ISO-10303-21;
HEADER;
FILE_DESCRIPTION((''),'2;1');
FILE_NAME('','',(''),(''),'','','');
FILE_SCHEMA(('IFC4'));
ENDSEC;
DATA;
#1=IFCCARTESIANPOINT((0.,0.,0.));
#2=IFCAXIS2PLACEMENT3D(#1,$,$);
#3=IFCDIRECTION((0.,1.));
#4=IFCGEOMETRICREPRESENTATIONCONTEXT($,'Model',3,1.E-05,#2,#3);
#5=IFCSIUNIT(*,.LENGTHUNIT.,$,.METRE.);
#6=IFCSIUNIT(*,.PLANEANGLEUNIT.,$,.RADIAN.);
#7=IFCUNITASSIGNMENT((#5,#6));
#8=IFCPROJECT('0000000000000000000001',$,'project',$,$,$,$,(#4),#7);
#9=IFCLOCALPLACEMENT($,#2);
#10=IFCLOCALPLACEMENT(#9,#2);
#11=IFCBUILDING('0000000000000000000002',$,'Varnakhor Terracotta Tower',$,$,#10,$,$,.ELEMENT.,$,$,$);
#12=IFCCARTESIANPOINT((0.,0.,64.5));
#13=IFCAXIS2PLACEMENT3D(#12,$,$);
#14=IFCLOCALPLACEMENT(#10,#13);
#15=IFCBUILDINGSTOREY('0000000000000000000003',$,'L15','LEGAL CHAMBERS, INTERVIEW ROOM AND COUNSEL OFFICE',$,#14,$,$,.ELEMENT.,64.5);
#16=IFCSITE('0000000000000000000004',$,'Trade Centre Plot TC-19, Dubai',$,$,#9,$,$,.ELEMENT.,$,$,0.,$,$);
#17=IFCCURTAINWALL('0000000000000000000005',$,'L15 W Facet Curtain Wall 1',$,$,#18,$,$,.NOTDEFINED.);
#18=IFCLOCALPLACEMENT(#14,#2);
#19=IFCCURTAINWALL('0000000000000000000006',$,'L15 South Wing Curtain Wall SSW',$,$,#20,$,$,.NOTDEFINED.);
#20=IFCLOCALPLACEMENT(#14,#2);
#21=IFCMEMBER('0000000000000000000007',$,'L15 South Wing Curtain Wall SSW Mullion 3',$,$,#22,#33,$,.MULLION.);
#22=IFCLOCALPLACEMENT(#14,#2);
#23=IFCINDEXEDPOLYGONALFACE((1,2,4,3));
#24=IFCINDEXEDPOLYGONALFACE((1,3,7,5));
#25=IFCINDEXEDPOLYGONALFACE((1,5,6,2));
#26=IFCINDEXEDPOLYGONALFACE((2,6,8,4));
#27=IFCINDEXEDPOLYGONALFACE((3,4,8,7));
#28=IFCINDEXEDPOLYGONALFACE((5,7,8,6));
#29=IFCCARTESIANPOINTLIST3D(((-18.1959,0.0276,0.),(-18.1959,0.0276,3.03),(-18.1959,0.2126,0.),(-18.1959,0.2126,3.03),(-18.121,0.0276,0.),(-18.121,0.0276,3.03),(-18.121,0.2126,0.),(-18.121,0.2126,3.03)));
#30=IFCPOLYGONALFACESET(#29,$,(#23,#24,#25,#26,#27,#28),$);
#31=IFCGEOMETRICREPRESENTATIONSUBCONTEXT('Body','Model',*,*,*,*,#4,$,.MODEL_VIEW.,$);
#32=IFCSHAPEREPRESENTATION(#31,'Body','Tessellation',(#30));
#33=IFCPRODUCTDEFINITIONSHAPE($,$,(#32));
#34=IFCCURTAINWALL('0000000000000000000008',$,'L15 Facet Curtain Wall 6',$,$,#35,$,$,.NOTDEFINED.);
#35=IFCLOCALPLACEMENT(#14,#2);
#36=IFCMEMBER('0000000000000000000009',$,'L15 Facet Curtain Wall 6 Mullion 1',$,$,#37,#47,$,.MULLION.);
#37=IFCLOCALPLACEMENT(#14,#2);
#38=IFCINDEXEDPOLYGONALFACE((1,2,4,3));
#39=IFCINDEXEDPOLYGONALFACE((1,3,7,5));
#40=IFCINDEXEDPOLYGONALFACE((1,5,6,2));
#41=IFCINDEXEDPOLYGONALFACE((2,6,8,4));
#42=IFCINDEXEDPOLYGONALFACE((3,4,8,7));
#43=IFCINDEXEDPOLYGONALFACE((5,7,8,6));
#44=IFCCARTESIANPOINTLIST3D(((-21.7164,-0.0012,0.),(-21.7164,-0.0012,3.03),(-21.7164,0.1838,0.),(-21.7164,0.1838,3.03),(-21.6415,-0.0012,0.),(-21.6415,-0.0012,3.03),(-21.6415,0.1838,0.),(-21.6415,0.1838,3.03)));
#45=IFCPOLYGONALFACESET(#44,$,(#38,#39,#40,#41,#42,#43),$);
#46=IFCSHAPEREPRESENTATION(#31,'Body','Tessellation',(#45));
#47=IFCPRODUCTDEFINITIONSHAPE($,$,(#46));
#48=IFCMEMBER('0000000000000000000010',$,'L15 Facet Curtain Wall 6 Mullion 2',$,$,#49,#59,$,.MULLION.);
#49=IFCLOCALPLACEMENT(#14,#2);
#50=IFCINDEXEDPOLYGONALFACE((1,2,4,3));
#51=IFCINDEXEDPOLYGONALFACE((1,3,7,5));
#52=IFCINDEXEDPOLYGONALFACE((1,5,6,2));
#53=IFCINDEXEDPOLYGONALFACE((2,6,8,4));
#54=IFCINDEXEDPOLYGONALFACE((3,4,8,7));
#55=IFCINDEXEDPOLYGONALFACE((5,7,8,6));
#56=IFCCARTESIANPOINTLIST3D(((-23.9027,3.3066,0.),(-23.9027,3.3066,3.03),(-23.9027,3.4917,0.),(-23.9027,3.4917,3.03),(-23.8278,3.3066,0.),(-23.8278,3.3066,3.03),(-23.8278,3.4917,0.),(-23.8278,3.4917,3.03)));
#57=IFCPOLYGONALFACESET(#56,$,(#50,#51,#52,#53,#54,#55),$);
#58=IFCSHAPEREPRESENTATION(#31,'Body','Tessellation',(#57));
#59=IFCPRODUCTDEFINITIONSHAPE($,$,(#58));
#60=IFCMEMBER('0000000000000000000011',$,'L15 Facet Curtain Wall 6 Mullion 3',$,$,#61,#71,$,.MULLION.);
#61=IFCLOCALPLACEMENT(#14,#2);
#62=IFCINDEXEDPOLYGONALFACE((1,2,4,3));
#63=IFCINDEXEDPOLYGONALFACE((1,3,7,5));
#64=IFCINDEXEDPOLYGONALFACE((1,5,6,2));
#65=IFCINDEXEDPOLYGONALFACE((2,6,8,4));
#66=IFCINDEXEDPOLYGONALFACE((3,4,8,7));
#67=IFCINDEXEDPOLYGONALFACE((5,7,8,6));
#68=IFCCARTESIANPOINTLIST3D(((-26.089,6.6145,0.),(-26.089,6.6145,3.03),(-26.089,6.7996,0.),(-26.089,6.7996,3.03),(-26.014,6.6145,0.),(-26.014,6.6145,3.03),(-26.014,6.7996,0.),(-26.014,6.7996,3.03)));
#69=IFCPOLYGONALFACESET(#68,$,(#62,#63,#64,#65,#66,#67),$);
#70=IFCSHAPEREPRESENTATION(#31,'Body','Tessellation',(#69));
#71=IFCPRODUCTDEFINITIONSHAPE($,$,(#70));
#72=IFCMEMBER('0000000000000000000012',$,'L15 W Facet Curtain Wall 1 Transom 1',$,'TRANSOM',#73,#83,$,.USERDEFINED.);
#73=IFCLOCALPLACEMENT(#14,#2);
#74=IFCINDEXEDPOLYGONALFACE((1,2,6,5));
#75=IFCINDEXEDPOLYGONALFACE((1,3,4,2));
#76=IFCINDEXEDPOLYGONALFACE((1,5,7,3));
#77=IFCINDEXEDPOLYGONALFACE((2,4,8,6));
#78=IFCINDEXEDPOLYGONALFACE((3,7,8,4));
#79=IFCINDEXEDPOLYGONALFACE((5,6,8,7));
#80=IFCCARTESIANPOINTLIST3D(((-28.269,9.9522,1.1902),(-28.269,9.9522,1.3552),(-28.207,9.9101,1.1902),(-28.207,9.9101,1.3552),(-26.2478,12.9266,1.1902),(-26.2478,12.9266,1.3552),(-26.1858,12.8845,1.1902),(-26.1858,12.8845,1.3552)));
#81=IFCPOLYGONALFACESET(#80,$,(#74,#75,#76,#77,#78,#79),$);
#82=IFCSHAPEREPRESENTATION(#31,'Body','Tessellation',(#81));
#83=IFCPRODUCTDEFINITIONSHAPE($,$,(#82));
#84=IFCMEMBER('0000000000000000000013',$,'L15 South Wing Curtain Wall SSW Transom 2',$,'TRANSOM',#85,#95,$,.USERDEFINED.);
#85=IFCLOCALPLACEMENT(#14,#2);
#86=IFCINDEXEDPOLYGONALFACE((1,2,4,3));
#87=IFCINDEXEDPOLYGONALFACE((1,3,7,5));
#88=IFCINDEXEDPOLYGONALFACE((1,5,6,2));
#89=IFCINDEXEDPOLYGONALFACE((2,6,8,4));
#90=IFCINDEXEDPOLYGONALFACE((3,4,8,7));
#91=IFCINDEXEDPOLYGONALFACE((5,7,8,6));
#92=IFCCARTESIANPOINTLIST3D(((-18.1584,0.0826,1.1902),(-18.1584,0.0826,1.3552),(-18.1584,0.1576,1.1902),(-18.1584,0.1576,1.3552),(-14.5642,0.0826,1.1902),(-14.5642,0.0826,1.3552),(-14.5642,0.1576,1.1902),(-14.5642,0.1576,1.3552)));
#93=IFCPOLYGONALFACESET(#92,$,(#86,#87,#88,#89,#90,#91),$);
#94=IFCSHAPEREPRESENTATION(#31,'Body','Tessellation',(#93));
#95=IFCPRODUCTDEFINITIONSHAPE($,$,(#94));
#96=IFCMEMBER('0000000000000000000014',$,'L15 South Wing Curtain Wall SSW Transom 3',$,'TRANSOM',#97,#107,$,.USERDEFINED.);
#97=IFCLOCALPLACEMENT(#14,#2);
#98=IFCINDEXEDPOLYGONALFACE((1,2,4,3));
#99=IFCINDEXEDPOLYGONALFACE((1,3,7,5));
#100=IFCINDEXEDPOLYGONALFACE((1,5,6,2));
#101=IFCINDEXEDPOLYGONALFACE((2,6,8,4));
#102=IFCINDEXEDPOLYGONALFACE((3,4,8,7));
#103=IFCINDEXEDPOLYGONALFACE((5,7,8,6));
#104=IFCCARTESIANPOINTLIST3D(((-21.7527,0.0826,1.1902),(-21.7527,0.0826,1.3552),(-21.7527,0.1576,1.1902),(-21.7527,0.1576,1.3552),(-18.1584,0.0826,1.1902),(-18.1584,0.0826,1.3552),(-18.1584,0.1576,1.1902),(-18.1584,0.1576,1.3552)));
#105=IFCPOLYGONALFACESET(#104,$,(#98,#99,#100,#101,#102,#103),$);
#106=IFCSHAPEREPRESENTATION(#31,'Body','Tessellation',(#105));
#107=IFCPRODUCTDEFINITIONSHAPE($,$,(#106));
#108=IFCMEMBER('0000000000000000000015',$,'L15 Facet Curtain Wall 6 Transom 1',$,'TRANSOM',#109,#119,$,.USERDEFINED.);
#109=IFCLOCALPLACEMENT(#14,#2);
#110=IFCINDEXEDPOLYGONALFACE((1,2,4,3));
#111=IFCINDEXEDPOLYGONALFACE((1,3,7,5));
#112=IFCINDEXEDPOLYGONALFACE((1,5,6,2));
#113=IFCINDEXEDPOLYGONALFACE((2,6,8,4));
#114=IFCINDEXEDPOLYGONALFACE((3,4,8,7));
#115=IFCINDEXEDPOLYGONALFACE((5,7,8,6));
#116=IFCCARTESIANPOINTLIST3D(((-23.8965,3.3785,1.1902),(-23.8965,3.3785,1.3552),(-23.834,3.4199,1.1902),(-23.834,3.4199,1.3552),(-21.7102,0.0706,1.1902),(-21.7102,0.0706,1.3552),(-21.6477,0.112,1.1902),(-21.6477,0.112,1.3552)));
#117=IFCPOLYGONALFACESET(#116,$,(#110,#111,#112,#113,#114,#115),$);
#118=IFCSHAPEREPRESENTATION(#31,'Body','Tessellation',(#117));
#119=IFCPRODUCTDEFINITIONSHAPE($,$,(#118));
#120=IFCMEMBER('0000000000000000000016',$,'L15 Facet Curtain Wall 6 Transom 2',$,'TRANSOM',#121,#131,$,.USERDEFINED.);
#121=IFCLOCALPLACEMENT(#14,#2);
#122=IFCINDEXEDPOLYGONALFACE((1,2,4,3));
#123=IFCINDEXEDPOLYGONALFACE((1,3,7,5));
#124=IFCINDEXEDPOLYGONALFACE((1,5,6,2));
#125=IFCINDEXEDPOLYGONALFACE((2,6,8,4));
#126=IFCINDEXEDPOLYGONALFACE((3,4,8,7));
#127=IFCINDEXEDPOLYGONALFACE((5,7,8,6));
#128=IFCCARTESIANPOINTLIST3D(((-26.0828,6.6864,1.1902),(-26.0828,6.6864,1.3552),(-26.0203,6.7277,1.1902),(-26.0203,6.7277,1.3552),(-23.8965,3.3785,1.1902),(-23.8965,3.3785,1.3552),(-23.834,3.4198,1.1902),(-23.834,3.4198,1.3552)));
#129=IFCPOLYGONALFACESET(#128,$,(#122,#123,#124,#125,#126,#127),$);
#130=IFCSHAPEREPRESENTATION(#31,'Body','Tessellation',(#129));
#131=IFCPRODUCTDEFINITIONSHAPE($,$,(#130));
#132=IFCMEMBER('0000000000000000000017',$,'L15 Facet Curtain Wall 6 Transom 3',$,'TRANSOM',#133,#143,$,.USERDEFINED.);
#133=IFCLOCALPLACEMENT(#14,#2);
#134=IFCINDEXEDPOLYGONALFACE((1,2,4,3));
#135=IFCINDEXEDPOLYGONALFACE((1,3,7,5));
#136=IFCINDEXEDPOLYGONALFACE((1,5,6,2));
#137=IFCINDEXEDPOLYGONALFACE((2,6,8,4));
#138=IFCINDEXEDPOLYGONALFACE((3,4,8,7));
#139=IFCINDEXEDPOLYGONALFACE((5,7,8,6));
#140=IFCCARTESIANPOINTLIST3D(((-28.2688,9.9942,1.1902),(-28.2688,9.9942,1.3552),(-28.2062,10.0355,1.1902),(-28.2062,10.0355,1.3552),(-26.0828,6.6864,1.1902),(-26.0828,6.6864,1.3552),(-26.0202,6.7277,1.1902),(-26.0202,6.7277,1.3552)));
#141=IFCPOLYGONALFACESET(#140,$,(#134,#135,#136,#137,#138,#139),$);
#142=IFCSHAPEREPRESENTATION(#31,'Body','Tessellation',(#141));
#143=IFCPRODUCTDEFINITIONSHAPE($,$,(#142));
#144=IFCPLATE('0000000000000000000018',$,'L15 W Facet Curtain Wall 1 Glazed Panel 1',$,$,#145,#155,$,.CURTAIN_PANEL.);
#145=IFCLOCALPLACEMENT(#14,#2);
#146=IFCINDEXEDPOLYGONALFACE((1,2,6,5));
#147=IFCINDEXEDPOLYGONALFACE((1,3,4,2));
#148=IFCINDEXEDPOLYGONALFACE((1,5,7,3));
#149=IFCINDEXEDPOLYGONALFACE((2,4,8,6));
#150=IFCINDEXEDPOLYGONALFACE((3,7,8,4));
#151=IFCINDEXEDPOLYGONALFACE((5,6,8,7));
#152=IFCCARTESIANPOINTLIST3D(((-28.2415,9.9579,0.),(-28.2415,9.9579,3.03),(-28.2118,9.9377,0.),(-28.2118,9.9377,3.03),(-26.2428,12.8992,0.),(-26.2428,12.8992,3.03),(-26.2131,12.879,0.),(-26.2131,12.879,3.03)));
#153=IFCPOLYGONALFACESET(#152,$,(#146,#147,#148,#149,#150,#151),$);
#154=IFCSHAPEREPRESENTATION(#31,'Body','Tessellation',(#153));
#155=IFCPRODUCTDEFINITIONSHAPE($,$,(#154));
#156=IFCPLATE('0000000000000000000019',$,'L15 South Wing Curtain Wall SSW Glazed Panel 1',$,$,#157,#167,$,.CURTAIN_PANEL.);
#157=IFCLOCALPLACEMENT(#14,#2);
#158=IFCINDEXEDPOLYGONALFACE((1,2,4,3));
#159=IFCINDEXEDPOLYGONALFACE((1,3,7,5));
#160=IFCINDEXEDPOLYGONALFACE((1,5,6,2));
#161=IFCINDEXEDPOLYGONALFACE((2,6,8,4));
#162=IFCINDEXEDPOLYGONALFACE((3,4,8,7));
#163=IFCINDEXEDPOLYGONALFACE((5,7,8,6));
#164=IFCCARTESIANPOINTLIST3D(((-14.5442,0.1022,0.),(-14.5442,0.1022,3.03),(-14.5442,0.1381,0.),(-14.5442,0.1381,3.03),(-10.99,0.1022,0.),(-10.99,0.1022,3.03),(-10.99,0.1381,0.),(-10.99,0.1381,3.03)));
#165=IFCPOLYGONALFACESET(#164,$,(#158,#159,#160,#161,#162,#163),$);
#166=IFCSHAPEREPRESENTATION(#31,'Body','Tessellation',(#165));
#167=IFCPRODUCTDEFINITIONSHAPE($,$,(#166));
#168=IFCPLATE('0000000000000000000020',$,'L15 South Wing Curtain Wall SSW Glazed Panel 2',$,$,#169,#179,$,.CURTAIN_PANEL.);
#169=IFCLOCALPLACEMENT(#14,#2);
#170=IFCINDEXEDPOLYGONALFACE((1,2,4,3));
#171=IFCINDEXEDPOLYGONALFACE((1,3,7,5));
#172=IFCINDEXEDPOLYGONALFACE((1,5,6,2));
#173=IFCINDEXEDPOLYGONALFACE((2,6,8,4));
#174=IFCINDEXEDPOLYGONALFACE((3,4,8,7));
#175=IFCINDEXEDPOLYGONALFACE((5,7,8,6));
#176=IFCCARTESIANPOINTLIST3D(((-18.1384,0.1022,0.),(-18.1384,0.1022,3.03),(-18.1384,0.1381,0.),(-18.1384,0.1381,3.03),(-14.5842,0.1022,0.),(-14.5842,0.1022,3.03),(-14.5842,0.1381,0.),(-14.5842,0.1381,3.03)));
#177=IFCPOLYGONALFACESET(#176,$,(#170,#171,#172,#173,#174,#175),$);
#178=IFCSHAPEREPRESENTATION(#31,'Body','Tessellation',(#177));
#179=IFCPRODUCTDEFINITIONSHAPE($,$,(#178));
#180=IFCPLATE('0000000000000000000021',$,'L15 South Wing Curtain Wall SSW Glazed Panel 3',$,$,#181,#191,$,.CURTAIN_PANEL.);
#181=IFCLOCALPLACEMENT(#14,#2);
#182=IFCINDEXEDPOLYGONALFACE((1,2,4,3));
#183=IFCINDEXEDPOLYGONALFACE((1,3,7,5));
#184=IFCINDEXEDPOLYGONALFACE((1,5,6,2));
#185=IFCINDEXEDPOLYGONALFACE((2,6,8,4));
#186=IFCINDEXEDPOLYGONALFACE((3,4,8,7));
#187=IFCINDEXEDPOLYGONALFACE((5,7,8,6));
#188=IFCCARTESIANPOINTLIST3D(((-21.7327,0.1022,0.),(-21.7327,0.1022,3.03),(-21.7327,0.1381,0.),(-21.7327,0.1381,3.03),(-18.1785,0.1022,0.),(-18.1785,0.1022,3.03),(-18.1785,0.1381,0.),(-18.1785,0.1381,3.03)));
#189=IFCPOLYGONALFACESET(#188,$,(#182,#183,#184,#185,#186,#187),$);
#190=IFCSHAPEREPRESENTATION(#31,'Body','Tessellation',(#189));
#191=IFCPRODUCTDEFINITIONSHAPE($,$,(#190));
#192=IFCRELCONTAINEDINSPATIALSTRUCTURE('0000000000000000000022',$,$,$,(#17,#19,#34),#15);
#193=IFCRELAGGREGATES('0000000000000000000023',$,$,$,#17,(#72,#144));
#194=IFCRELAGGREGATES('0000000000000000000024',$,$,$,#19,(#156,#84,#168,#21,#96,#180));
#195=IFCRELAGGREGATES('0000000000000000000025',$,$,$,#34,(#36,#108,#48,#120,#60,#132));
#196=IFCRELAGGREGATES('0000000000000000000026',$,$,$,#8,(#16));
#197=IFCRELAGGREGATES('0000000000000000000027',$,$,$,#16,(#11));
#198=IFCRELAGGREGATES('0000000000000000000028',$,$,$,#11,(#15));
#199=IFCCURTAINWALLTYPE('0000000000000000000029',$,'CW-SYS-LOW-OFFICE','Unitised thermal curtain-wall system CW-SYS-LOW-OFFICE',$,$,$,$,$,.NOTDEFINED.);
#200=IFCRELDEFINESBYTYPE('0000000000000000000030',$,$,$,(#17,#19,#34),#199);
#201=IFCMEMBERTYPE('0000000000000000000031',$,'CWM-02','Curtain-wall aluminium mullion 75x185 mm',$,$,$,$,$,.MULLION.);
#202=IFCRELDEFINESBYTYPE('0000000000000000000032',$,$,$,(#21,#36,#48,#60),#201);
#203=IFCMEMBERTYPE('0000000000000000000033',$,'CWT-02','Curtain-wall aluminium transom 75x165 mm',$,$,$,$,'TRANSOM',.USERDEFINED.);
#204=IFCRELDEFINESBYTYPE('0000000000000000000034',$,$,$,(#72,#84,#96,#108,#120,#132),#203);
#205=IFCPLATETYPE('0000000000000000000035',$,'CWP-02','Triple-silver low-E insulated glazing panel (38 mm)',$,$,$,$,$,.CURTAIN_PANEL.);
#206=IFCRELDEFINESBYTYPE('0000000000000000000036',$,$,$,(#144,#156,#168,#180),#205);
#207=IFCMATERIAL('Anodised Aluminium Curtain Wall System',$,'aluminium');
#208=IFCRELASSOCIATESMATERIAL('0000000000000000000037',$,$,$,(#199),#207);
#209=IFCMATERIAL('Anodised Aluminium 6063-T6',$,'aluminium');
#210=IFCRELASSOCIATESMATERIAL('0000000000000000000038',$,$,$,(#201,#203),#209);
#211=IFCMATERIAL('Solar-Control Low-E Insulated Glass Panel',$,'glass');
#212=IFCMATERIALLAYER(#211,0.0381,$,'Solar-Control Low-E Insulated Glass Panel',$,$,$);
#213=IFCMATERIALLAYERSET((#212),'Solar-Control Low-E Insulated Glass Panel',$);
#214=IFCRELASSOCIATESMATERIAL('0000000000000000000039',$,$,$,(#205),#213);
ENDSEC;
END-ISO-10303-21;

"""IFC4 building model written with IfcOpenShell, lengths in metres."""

from ifc_helpers import new_model, si_unit, direction, frame, origin, origin_2d, place, context, subcontext, project, spatial, rectangle, extrude, source, transform, mapped, material, layer, layer_set, material_profile, profile_set, type_object, type_shapes, element, aggregate, save


model = new_model("IFC4")

# Units and contexts
model_context = context("Model", 3, precision=1e-05, world=origin(), true_north=direction((0.0, 1.0)))
body_context = subcontext(model_context, "Body", "Model", "MODEL_VIEW")
ifc_project = project(units=[si_unit("LENGTHUNIT", "METRE"), si_unit("PLANEANGLEUNIT", "RADIAN")], contexts=[model_context])

# Site, building, storey
site_placement = place(None, origin())
site = spatial("IfcSite", under=ifc_project, at=site_placement, Name="Trade Centre Plot TC-19, Dubai", CompositionType="ELEMENT", RefElevation=0.0)
building_placement = place(site_placement, origin())
building = spatial("IfcBuilding", under=site, at=building_placement, Name="Varnakhor Terracotta Tower", CompositionType="ELEMENT")
storey_placement = place(building_placement, frame((0.0, 0.0, 64.5)))
storey = spatial("IfcBuildingStorey", under=building, at=storey_placement, Name="L15", Description="LEGAL CHAMBERS, INTERVIEW ROOM AND COUNSEL OFFICE", CompositionType="ELEMENT", Elevation=64.5)

# Curtain wall
ifc_material_1 = material(Name="Anodised Aluminium Curtain Wall System", Category="aluminium")
curtain_wall_type = type_object("IfcCurtainWallType", Name="CW-SYS-LOW-OFFICE", Description="Unitised thermal curtain-wall system CW-SYS-LOW-OFFICE", PredefinedType="NOTDEFINED", material=ifc_material_1)
curtain_wall_1_placement = place(storey_placement, origin())
curtain_wall_1 = element("IfcCurtainWall", 1, at=curtain_wall_1_placement, inside=storey, type_object=curtain_wall_type, Name="L15 W Facet Curtain Wall 1", PredefinedType="NOTDEFINED")
ifc_material_2 = material(Name="Anodised Aluminium 6063-T6", Category="aluminium")
ifc_material_profile_1 = material_profile(ifc_material_2, rectangle(XDim=0.075, YDim=0.1851, at=origin_2d()), Name="ALU MULLION 75x185")
ifc_profile_set_1 = profile_set([ifc_material_profile_1], Name="Anodised Aluminium 6063-T6")
member_type_1 = type_object("IfcMemberType", Name="CWM-02", Description="Curtain-wall aluminium mullion 75x185 mm", PredefinedType="MULLION", material=ifc_profile_set_1)
shared_shape_1 = source(origin(), body_context, "Body", "SweptSolid", [
    extrude(rectangle(XDim=0.075, YDim=0.1851, at=origin_2d()), origin(), (0.0, 0.0, 1.0), 3.03),
])
type_shapes(member_type_1, [shared_shape_1])

# Curtain walls, members
curtain_wall_2_placement = place(storey_placement, origin())
curtain_wall_2 = element("IfcCurtainWall", 2, at=curtain_wall_2_placement, inside=storey, type_object=curtain_wall_type, Name="L15 South Wing Curtain Wall SSW", PredefinedType="NOTDEFINED")
member_1_placement = place(storey_placement, frame((-18.1584, 0.1201, 0.0), z_axis=(0.0, 0.0, 1.0), x_axis=(1.0, 0.0, 0.0)))
member_1 = element("IfcMember", 3, at=member_1_placement, type_object=member_type_1, Name="L15 South Wing Curtain Wall SSW Mullion 3", PredefinedType="MULLION", context=body_context, shape_type="MappedRepresentation", body=[
    mapped(shared_shape_1, transform((0.0, 0.0, 0.0), scale=1.0)),
])
curtain_wall_3_placement = place(storey_placement, origin())
curtain_wall_3 = element("IfcCurtainWall", 4, at=curtain_wall_3_placement, inside=storey, type_object=curtain_wall_type, Name="L15 Facet Curtain Wall 6", PredefinedType="NOTDEFINED")
member_2_placement = place(storey_placement, frame((-21.679, 0.0913, 0.0), z_axis=(0.0, 0.0, 1.0), x_axis=(1.0, 0.0, 0.0)))
member_2 = element("IfcMember", 5, at=member_2_placement, type_object=member_type_1, Name="L15 Facet Curtain Wall 6 Mullion 1", PredefinedType="MULLION", context=body_context, shape_type="MappedRepresentation", body=[
    mapped(shared_shape_1, transform((0.0, 0.0, 0.0), scale=1.0)),
])
member_3_placement = place(storey_placement, frame((-23.8652, 3.3992, 0.0), z_axis=(0.0, 0.0, 1.0), x_axis=(1.0, 0.0, 0.0)))
member_3 = element("IfcMember", 6, at=member_3_placement, type_object=member_type_1, Name="L15 Facet Curtain Wall 6 Mullion 2", PredefinedType="MULLION", context=body_context, shape_type="MappedRepresentation", body=[
    mapped(shared_shape_1, transform((0.0, 0.0, 0.0), scale=1.0)),
])
member_4_placement = place(storey_placement, frame((-26.0515, 6.707, 0.0), z_axis=(0.0, 0.0, 1.0), x_axis=(1.0, 0.0, 0.0)))
member_4 = element("IfcMember", 7, at=member_4_placement, type_object=member_type_1, Name="L15 Facet Curtain Wall 6 Mullion 3", PredefinedType="MULLION", context=body_context, shape_type="MappedRepresentation", body=[
    mapped(shared_shape_1, transform((0.0, 0.0, 0.0), scale=1.0)),
])

# Members
ifc_material_profile_2 = material_profile(ifc_material_2, rectangle(XDim=0.075, YDim=0.165, at=origin_2d()), Name="ALU TRANSOM 75x165")
ifc_profile_set_2 = profile_set([ifc_material_profile_2], Name="Anodised Aluminium 6063-T6")
member_type_2 = type_object("IfcMemberType", Name="CWT-02", Description="Curtain-wall aluminium transom 75x165 mm", ElementType="TRANSOM", PredefinedType="USERDEFINED", material=ifc_profile_set_2)
shared_shape_2 = source(origin(), body_context, "Body", "SweptSolid", [
    extrude(rectangle(XDim=0.075, YDim=0.165, at=origin_2d()), origin(), (0.0, 0.0, 1.0), 3.5962),
])
member_5_placement = place(storey_placement, frame((-28.238, 9.9312, 1.2727), z_axis=(0.562057, 0.827098, 0.0), x_axis=(-0.827098, 0.562057, 0.0)))
member_5 = element("IfcMember", 8, at=member_5_placement, type_object=member_type_2, Name="L15 W Facet Curtain Wall 1 Transom 1", ObjectType="TRANSOM", PredefinedType="USERDEFINED", context=body_context, shape_type="MappedRepresentation", body=[
    mapped(shared_shape_2, transform((0.0, 0.0, 0.0), scale=1.0)),
])
shared_shape_3 = source(origin(), body_context, "Body", "SweptSolid", [
    extrude(rectangle(XDim=0.075, YDim=0.165, at=origin_2d()), origin(), (0.0, 0.0, 1.0), 3.5942),
])
member_6_placement = place(storey_placement, frame((-14.5642, 0.1201, 1.2727), z_axis=(-1.0, 0.0, 0.0), x_axis=(0.0, -1.0, 0.0)))
member_6 = element("IfcMember", 9, at=member_6_placement, type_object=member_type_2, Name="L15 South Wing Curtain Wall SSW Transom 2", ObjectType="TRANSOM", PredefinedType="USERDEFINED", context=body_context, shape_type="MappedRepresentation", body=[
    mapped(shared_shape_3, transform((0.0, 0.0, 0.0), scale=1.0)),
])
member_7_placement = place(storey_placement, frame((-18.1584, 0.1201, 1.2727), z_axis=(-1.0, 0.0, 0.0), x_axis=(0.0, -1.0, 0.0)))
member_7 = element("IfcMember", 10, at=member_7_placement, type_object=member_type_2, Name="L15 South Wing Curtain Wall SSW Transom 3", ObjectType="TRANSOM", PredefinedType="USERDEFINED", context=body_context, shape_type="MappedRepresentation", body=[
    mapped(shared_shape_3, transform((0.0, 0.0, 0.0), scale=1.0)),
])
shared_shape_4 = source(origin(), body_context, "Body", "SweptSolid", [
    extrude(rectangle(XDim=0.075, YDim=0.165, at=origin_2d()), origin(), (0.0, 0.0, 1.0), 3.9651),
])
member_8_placement = place(storey_placement, frame((-21.679, 0.0913, 1.2727), z_axis=(-0.551385, 0.834251, 0.0), x_axis=(-0.834251, -0.551385, 0.0)))
member_8 = element("IfcMember", 11, at=member_8_placement, type_object=member_type_2, Name="L15 Facet Curtain Wall 6 Transom 1", ObjectType="TRANSOM", PredefinedType="USERDEFINED", context=body_context, shape_type="MappedRepresentation", body=[
    mapped(shared_shape_4, transform((0.0, 0.0, 0.0), scale=1.0)),
])
member_9_placement = place(storey_placement, frame((-23.8652, 3.3992, 1.2727), z_axis=(-0.551385, 0.834251, 0.0), x_axis=(-0.834251, -0.551385, 0.0)))
member_9 = element("IfcMember", 12, at=member_9_placement, type_object=member_type_2, Name="L15 Facet Curtain Wall 6 Transom 2", ObjectType="TRANSOM", PredefinedType="USERDEFINED", context=body_context, shape_type="MappedRepresentation", body=[
    mapped(shared_shape_4, transform((0.0, 0.0, 0.0), scale=1.0)),
])
shared_shape_5 = source(origin(), body_context, "Body", "SweptSolid", [
    extrude(rectangle(XDim=0.075, YDim=0.165, at=origin_2d()), origin(), (0.0, 0.0, 1.0), 3.9648),
])
member_10_placement = place(storey_placement, frame((-26.0515, 6.707, 1.2727), z_axis=(-0.551342, 0.834279, 0.0), x_axis=(-0.834279, -0.551342, 0.0)))
member_10 = element("IfcMember", 13, at=member_10_placement, type_object=member_type_2, Name="L15 Facet Curtain Wall 6 Transom 3", ObjectType="TRANSOM", PredefinedType="USERDEFINED", context=body_context, shape_type="MappedRepresentation", body=[
    mapped(shared_shape_5, transform((0.0, 0.0, 0.0), scale=1.0)),
])

# Plates
ifc_material_3 = material(Name="Solar-Control Low-E Insulated Glass Panel", Category="glass")
ifc_layer_1 = layer(ifc_material_3, 0.0381, Name="Solar-Control Low-E Insulated Glass Panel")
ifc_layer_set_1 = layer_set([ifc_layer_1], Name="Solar-Control Low-E Insulated Glass Panel")
plate_type = type_object("IfcPlateType", Name="CWP-02", Description="Triple-silver low-E insulated glazing panel (38 mm)", PredefinedType="CURTAIN_PANEL", material=ifc_layer_set_1)
shared_shape_6 = source(origin(), body_context, "Body", "SweptSolid", [
    extrude(rectangle(XDim=3.5562, YDim=0.0359, at=origin_2d()), origin(), (0.0, 0.0, 1.0), 3.03),
])
plate_1_placement = place(storey_placement, frame((-27.2273, 11.4185, 0.0), z_axis=(0.0, 0.0, 1.0), x_axis=(0.562055, 0.8271, 0.0)))
plate_1 = element("IfcPlate", 14, at=plate_1_placement, type_object=plate_type, Name="L15 W Facet Curtain Wall 1 Glazed Panel 1", PredefinedType="CURTAIN_PANEL", context=body_context, shape_type="MappedRepresentation", body=[
    mapped(shared_shape_6, transform((0.0, 0.0, 0.0), scale=1.0)),
])
aggregate(curtain_wall_1, [member_5, plate_1])
shared_shape_7 = source(origin(), body_context, "Body", "SweptSolid", [
    extrude(rectangle(XDim=3.5542, YDim=0.0359, at=origin_2d()), origin(), (0.0, 0.0, 1.0), 3.03),
])
plate_2_placement = place(storey_placement, frame((-12.7671, 0.1201, 0.0), z_axis=(0.0, 0.0, 1.0), x_axis=(-1.0, 0.0, 0.0)))
plate_2 = element("IfcPlate", 15, at=plate_2_placement, type_object=plate_type, Name="L15 South Wing Curtain Wall SSW Glazed Panel 1", PredefinedType="CURTAIN_PANEL", context=body_context, shape_type="MappedRepresentation", body=[
    mapped(shared_shape_7, transform((0.0, 0.0, 0.0), scale=1.0)),
])
plate_3_placement = place(storey_placement, frame((-16.3613, 0.1201, 0.0), z_axis=(0.0, 0.0, 1.0), x_axis=(-1.0, 0.0, 0.0)))
plate_3 = element("IfcPlate", 16, at=plate_3_placement, type_object=plate_type, Name="L15 South Wing Curtain Wall SSW Glazed Panel 2", PredefinedType="CURTAIN_PANEL", context=body_context, shape_type="MappedRepresentation", body=[
    mapped(shared_shape_7, transform((0.0, 0.0, 0.0), scale=1.0)),
])
plate_4_placement = place(storey_placement, frame((-19.9556, 0.1201, 0.0), z_axis=(0.0, 0.0, 1.0), x_axis=(-1.0, 0.0, 0.0)))
plate_4 = element("IfcPlate", 17, at=plate_4_placement, type_object=plate_type, Name="L15 South Wing Curtain Wall SSW Glazed Panel 3", PredefinedType="CURTAIN_PANEL", context=body_context, shape_type="MappedRepresentation", body=[
    mapped(shared_shape_7, transform((0.0, 0.0, 0.0), scale=1.0)),
])
aggregate(curtain_wall_2, [plate_2, member_6, plate_3, member_1, member_7, plate_4])
aggregate(curtain_wall_3, [member_2, member_8, member_3, member_9, member_4, member_10])

save(model, "model.ifc")
